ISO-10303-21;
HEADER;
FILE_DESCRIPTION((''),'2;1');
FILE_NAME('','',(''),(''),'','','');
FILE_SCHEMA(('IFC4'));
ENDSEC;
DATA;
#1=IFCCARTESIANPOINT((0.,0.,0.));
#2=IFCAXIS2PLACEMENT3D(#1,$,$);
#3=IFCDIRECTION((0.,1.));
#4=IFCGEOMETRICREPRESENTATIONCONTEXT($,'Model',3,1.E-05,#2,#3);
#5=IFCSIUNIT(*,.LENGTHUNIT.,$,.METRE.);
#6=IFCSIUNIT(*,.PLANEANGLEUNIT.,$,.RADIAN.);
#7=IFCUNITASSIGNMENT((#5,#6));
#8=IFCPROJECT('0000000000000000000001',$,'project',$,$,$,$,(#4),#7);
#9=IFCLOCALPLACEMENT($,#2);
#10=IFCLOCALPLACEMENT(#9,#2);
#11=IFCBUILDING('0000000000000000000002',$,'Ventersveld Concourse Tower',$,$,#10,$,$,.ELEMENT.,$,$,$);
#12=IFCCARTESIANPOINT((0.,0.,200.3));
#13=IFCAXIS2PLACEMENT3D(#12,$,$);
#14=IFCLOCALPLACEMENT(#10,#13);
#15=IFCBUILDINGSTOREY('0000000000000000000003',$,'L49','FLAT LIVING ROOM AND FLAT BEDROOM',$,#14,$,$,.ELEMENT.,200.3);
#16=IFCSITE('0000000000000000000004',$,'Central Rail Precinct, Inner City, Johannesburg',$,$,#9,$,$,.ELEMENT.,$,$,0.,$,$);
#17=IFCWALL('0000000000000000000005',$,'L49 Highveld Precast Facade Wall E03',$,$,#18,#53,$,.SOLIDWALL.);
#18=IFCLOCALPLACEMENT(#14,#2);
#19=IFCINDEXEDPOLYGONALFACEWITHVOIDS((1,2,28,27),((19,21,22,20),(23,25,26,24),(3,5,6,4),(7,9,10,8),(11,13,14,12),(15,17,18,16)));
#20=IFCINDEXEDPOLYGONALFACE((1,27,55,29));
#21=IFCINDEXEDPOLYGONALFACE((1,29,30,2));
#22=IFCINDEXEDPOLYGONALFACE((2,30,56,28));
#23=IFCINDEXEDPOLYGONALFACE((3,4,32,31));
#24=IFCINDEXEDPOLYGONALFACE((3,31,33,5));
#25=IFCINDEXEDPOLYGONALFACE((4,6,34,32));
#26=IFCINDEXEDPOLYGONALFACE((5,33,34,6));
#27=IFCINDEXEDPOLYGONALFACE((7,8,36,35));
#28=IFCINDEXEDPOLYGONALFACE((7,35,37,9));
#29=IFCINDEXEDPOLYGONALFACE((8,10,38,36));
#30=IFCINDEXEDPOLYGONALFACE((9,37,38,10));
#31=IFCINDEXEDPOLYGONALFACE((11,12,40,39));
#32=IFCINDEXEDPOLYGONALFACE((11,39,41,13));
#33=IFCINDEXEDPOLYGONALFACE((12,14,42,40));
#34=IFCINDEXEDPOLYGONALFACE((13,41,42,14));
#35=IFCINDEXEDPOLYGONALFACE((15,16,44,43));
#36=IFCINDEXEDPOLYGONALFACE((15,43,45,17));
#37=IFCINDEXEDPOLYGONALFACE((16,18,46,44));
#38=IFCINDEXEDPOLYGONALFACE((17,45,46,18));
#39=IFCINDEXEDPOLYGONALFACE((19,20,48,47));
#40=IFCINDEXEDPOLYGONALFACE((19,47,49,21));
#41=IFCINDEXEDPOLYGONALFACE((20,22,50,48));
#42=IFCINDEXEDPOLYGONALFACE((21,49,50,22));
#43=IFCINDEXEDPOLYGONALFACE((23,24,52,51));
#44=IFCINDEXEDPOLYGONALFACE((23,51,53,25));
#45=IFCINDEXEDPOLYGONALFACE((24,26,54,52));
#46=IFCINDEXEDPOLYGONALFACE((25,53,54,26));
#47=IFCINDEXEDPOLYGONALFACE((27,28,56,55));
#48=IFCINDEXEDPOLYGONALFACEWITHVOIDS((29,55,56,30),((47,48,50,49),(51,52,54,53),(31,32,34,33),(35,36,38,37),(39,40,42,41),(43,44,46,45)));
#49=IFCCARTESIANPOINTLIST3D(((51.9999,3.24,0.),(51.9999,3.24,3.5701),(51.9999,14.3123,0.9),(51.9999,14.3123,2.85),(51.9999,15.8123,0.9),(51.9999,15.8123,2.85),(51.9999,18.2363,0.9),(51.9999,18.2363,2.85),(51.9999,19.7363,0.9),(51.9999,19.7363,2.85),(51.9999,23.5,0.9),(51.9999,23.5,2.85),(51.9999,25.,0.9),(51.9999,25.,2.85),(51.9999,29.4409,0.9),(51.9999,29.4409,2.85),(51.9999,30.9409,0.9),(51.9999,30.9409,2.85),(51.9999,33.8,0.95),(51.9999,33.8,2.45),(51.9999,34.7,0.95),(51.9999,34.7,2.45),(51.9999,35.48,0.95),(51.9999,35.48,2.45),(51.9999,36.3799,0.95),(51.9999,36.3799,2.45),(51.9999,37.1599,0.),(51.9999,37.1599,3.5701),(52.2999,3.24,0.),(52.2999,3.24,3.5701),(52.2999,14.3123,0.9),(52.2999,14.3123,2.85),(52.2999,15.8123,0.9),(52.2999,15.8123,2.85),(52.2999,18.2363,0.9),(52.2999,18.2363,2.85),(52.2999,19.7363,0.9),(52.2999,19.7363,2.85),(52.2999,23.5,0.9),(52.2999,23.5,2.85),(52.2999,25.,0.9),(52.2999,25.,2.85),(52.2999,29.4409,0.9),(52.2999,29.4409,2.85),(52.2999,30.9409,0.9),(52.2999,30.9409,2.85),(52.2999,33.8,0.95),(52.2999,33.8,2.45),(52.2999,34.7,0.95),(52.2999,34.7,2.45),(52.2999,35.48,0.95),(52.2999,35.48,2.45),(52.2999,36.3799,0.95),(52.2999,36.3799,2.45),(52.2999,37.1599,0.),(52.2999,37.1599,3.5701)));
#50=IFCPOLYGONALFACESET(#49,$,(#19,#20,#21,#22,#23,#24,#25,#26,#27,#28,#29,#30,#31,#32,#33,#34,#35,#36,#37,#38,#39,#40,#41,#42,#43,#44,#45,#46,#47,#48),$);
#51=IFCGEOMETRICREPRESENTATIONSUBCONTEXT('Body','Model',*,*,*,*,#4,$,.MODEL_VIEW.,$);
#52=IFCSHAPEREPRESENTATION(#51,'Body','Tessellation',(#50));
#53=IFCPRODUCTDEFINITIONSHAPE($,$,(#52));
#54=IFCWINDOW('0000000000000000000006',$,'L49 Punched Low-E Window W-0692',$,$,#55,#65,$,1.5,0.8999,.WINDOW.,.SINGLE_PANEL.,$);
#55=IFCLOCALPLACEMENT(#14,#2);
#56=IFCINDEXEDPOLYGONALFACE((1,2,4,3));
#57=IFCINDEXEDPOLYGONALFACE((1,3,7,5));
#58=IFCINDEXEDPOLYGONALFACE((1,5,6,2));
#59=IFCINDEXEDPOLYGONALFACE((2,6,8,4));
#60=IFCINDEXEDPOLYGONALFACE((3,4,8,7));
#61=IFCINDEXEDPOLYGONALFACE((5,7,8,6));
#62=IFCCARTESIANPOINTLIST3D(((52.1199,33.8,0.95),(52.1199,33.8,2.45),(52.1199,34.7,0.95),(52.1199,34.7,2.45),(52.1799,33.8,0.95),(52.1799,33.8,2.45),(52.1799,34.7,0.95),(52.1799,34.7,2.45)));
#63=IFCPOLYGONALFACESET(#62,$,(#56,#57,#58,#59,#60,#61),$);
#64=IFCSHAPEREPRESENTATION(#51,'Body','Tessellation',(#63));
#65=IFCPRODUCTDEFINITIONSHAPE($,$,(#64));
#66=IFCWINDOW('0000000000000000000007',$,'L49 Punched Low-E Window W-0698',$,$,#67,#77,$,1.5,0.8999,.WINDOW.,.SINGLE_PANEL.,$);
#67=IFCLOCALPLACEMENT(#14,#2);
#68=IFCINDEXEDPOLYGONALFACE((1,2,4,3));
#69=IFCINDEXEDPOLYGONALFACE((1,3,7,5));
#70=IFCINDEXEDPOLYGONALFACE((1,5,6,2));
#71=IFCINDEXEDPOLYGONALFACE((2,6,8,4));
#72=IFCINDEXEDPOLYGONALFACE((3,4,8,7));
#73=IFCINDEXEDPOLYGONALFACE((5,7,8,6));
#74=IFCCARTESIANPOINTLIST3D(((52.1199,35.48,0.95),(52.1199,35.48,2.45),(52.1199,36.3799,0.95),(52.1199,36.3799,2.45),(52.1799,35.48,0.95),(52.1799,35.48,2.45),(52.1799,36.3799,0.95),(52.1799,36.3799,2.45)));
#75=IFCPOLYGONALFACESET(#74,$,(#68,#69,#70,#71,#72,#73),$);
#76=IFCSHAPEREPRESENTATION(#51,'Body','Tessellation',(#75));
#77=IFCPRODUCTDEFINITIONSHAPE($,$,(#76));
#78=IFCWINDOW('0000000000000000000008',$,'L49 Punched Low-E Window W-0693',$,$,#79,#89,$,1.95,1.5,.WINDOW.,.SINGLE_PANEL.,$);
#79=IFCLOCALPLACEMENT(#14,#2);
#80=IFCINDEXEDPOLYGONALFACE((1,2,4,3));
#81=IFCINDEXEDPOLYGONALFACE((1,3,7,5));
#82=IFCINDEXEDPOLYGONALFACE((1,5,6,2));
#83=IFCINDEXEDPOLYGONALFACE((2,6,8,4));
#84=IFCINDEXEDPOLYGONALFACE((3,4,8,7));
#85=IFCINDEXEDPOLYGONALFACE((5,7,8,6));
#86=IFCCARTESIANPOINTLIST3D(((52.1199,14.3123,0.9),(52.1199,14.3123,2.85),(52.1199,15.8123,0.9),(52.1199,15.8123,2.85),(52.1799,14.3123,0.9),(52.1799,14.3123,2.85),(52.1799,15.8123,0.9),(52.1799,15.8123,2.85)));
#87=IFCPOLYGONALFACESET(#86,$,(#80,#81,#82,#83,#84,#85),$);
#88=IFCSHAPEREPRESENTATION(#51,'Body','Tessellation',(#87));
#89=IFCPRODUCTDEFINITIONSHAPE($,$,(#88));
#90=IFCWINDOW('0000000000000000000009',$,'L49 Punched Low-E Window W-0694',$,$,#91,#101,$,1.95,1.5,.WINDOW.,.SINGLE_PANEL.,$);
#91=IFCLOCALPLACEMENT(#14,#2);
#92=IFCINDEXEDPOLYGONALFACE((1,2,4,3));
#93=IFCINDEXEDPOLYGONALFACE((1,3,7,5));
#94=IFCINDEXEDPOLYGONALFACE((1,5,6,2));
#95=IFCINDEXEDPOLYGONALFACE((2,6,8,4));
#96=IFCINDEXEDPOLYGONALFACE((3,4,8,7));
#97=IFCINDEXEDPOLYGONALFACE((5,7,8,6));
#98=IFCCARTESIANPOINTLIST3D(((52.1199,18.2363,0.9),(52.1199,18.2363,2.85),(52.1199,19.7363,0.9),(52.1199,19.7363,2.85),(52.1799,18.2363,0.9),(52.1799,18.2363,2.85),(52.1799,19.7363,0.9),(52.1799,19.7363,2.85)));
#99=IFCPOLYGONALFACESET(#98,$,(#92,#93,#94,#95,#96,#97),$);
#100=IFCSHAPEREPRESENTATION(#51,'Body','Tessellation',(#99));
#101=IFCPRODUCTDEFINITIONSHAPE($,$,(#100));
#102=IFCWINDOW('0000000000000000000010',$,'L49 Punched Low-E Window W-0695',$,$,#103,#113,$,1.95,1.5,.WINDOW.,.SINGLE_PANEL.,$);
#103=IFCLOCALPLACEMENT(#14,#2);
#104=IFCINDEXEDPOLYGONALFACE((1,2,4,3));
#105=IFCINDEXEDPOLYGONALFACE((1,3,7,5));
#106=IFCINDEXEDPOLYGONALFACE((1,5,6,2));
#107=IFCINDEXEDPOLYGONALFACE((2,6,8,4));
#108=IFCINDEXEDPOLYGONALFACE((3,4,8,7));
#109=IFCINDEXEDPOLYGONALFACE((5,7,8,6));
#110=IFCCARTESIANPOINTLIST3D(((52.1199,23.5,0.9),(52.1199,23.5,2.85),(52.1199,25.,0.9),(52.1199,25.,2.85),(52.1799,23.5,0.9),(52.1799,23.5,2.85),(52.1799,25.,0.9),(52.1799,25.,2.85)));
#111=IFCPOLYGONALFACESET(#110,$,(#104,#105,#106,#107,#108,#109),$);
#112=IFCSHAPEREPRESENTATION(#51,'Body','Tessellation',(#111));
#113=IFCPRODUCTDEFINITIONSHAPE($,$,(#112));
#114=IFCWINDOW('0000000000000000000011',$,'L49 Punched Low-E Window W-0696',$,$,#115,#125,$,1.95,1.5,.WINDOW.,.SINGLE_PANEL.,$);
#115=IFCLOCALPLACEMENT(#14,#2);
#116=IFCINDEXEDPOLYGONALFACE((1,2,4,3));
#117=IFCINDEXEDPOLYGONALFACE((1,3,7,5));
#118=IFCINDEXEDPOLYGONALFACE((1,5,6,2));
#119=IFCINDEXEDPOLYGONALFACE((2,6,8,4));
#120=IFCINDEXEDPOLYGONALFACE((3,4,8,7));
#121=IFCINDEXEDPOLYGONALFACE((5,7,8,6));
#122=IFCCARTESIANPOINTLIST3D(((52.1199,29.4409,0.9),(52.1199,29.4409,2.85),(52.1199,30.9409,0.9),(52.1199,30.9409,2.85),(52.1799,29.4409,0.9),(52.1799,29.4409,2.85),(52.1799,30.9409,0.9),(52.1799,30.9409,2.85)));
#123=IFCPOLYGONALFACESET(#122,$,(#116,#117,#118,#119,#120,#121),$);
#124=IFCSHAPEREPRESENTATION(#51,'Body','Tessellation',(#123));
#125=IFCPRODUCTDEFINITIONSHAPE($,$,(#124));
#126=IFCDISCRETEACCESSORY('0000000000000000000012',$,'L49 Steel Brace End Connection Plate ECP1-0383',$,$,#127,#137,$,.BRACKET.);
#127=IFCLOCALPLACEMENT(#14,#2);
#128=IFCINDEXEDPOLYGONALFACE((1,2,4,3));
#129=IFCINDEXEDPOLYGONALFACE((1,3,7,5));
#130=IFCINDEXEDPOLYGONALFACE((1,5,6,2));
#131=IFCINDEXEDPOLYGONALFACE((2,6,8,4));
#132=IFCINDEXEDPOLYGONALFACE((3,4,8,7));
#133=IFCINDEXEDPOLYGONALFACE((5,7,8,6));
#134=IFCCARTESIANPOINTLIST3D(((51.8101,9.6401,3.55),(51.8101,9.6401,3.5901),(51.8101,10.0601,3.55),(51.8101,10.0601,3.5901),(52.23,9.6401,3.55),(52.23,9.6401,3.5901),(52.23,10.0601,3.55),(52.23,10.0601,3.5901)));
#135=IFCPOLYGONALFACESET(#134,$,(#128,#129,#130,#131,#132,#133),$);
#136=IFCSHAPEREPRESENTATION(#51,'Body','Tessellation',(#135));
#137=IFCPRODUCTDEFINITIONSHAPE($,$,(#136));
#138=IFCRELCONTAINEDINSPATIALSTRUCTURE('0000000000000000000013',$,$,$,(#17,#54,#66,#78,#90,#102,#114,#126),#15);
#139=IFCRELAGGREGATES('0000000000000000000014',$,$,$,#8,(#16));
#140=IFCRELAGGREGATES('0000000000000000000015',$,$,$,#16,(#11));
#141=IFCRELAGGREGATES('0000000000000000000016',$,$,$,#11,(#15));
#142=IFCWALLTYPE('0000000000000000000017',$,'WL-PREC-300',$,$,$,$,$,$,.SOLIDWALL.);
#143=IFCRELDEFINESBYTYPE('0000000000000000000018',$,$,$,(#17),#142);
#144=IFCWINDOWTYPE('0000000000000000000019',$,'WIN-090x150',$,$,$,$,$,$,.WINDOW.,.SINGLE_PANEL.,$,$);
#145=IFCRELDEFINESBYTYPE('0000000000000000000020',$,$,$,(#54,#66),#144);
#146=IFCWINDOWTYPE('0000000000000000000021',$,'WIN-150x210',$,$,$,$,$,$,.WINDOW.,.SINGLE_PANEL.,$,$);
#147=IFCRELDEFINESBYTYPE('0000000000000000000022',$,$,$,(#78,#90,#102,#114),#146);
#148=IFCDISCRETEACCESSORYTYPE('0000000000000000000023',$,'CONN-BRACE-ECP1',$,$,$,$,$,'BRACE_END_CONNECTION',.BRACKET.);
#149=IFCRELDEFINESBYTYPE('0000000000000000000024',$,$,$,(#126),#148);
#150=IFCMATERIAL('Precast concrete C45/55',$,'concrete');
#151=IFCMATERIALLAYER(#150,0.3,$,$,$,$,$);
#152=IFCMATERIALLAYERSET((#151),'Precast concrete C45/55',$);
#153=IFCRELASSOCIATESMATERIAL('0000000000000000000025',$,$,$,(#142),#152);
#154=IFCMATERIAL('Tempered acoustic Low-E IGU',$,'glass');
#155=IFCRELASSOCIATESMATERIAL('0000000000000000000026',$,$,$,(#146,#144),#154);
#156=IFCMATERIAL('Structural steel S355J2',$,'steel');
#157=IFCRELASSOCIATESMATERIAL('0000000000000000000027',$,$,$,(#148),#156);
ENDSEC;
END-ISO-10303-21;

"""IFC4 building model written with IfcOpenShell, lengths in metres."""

from ifc_helpers import new_model, si_unit, direction, frame, frame_2d, origin, origin_2d, place, context, subcontext, project, spatial, rectangle, extrude, material, layer, layer_set, type_object, element, fill, save


model = new_model("IFC4")

# Units and contexts
model_context = context("Model", 3, precision=1e-05, world=origin(), true_north=direction((0.0, 1.0)))
body_context = subcontext(model_context, "Body", "Model", "MODEL_VIEW")
ifc_project = project(units=[si_unit("LENGTHUNIT", "METRE"), si_unit("PLANEANGLEUNIT", "RADIAN")], contexts=[model_context])

# Site, building, storey
site_placement = place(None, origin())
site = spatial("IfcSite", under=ifc_project, at=site_placement, Name="Central Rail Precinct, Inner City, Johannesburg", CompositionType="ELEMENT", RefElevation=0.0)
building_placement = place(site_placement, origin())
building = spatial("IfcBuilding", under=site, at=building_placement, Name="Ventersveld Concourse Tower", CompositionType="ELEMENT")
storey_placement = place(building_placement, frame((0.0, 0.0, 200.3)))
storey = spatial("IfcBuildingStorey", under=building, at=storey_placement, Name="L49", Description="FLAT LIVING ROOM AND FLAT BEDROOM", CompositionType="ELEMENT", Elevation=200.3)

# Shared definitions
ifc_material_1 = material(Name="Structural steel S355J2", Category="steel")

# Shared definitions
ifc_material_2 = material(Name="Precast concrete C45/55", Category="concrete")
ifc_layer_1 = layer(ifc_material_2, 0.3)
ifc_layer_set_1 = layer_set([ifc_layer_1], Name="Precast concrete C45/55")
wall_type_1 = type_object("IfcWallType", Name="WL-PREC-300", PredefinedType="SOLIDWALL", material=ifc_layer_set_1)
ifc_material_3 = material(Name="Tempered acoustic Low-E IGU", Category="glass")
window_type_1 = type_object("IfcWindowType", Name="WIN-150x210", PartitioningType="SINGLE_PANEL", PredefinedType="WINDOW", material=ifc_material_3)

# Wall, openings, windows
wall_1_placement = place(storey_placement, frame((52.1499, 3.24, 0.0), z_axis=(0.0, 0.0, 1.0), x_axis=(0.0, 1.0, 0.0)))
wall_1 = element("IfcWall", 1, at=wall_1_placement, inside=storey, type_object=wall_type_1, Name="L49 Highveld Precast Facade Wall E03", PredefinedType="SOLIDWALL", context=body_context, shape_type="SweptSolid", body=[
    extrude(rectangle(XDim=33.9199, YDim=0.3, at=frame_2d((16.96, 0.0))), origin(), (0.0, 0.0, 1.0), 3.5701),
])
opening_1_placement = place(wall_1_placement, frame((30.5601, 0.0, 0.95)))
opening_1 = element("IfcOpeningElement", 2, at=opening_1_placement, cuts=wall_1, PredefinedType="OPENING", context=body_context, shape_type="SweptSolid", body=[
    extrude(rectangle(XDim=0.8999, YDim=1.5, at=frame_2d((0.45, 0.75))), frame((0.0, 0.1602, 0.0), z_axis=(0.0, -1.0, 0.0), x_axis=(1.0, 0.0, 0.0)), (0.0, 0.0, 1.0), 0.3201),
])
opening_2_placement = place(wall_1_placement, frame((11.0723, 0.0, 0.8999)))
opening_2 = element("IfcOpeningElement", 3, at=opening_2_placement, cuts=wall_1, PredefinedType="OPENING", context=body_context, shape_type="SweptSolid", body=[
    extrude(rectangle(XDim=1.5, YDim=1.95, at=frame_2d((0.75, 0.9751))), frame((0.0, 0.1602, 0.0), z_axis=(0.0, -1.0, 0.0), x_axis=(1.0, 0.0, 0.0)), (0.0, 0.0, 1.0), 0.3201),
])
opening_3_placement = place(wall_1_placement, frame((14.9963, 0.0, 0.8999)))
opening_3 = element("IfcOpeningElement", 4, at=opening_3_placement, cuts=wall_1, PredefinedType="OPENING", context=body_context, shape_type="SweptSolid", body=[
    extrude(rectangle(XDim=1.5, YDim=1.95, at=frame_2d((0.75, 0.9751))), frame((0.0, 0.1602, 0.0), z_axis=(0.0, -1.0, 0.0), x_axis=(1.0, 0.0, 0.0)), (0.0, 0.0, 1.0), 0.3201),
])
opening_4_placement = place(wall_1_placement, frame((20.26, 0.0, 0.8999)))
opening_4 = element("IfcOpeningElement", 5, at=opening_4_placement, cuts=wall_1, PredefinedType="OPENING", context=body_context, shape_type="SweptSolid", body=[
    extrude(rectangle(XDim=1.5, YDim=1.95, at=frame_2d((0.75, 0.9751))), frame((0.0, 0.1602, 0.0), z_axis=(0.0, -1.0, 0.0), x_axis=(1.0, 0.0, 0.0)), (0.0, 0.0, 1.0), 0.3201),
])
opening_5_placement = place(wall_1_placement, frame((26.2009, 0.0, 0.8999)))
opening_5 = element("IfcOpeningElement", 6, at=opening_5_placement, cuts=wall_1, PredefinedType="OPENING", context=body_context, shape_type="SweptSolid", body=[
    extrude(rectangle(XDim=1.5, YDim=1.95, at=frame_2d((0.75, 0.9751))), frame((0.0, 0.1602, 0.0), z_axis=(0.0, -1.0, 0.0), x_axis=(1.0, 0.0, 0.0)), (0.0, 0.0, 1.0), 0.3201),
])
opening_6_placement = place(wall_1_placement, frame((32.24, 0.0, 0.95)))
opening_6 = element("IfcOpeningElement", 7, at=opening_6_placement, cuts=wall_1, PredefinedType="OPENING", context=body_context, shape_type="SweptSolid", body=[
    extrude(rectangle(XDim=0.8999, YDim=1.5, at=frame_2d((0.45, 0.75))), frame((0.0, 0.1602, 0.0), z_axis=(0.0, -1.0, 0.0), x_axis=(1.0, 0.0, 0.0)), (0.0, 0.0, 1.0), 0.3201),
])
window_type_2 = type_object("IfcWindowType", Name="WIN-090x150", PartitioningType="SINGLE_PANEL", PredefinedType="WINDOW", material=ifc_material_3)
window_1_placement = place(opening_1_placement, origin())
window_1 = element("IfcWindow", 8, at=window_1_placement, inside=storey, type_object=window_type_2, Name="L49 Punched Low-E Window W-0692", OverallHeight=1.5, OverallWidth=0.8999, PartitioningType="SINGLE_PANEL", PredefinedType="WINDOW", context=body_context, shape_type="SweptSolid", body=[
    extrude(rectangle(XDim=0.8999, YDim=1.5, at=frame_2d((0.45, 0.75))), frame((0.0, 0.03, 0.0), z_axis=(0.0, -1.0, 0.0), x_axis=(1.0, 0.0, 0.0)), (0.0, 0.0, 1.0), 0.0601),
])
fill(opening_1, window_1)
window_2_placement = place(opening_6_placement, origin())
window_2 = element("IfcWindow", 9, at=window_2_placement, inside=storey, type_object=window_type_2, Name="L49 Punched Low-E Window W-0698", OverallHeight=1.5, OverallWidth=0.8999, PartitioningType="SINGLE_PANEL", PredefinedType="WINDOW", context=body_context, shape_type="SweptSolid", body=[
    extrude(rectangle(XDim=0.8999, YDim=1.5, at=frame_2d((0.45, 0.75))), frame((0.0, 0.03, 0.0), z_axis=(0.0, -1.0, 0.0), x_axis=(1.0, 0.0, 0.0)), (0.0, 0.0, 1.0), 0.0601),
])
fill(opening_6, window_2)
window_3_placement = place(opening_2_placement, origin())
window_3 = element("IfcWindow", 10, at=window_3_placement, inside=storey, type_object=window_type_1, Name="L49 Punched Low-E Window W-0693", OverallHeight=1.95, OverallWidth=1.5, PartitioningType="SINGLE_PANEL", PredefinedType="WINDOW", context=body_context, shape_type="SweptSolid", body=[
    extrude(rectangle(XDim=1.5, YDim=1.95, at=frame_2d((0.75, 0.9751))), frame((0.0, 0.03, 0.0), z_axis=(0.0, -1.0, 0.0), x_axis=(1.0, 0.0, 0.0)), (0.0, 0.0, 1.0), 0.0601),
])
fill(opening_2, window_3)
window_4_placement = place(opening_3_placement, origin())
window_4 = element("IfcWindow", 11, at=window_4_placement, inside=storey, type_object=window_type_1, Name="L49 Punched Low-E Window W-0694", OverallHeight=1.95, OverallWidth=1.5, PartitioningType="SINGLE_PANEL", PredefinedType="WINDOW", context=body_context, shape_type="SweptSolid", body=[
    extrude(rectangle(XDim=1.5, YDim=1.95, at=frame_2d((0.75, 0.9751))), frame((0.0, 0.03, 0.0), z_axis=(0.0, -1.0, 0.0), x_axis=(1.0, 0.0, 0.0)), (0.0, 0.0, 1.0), 0.0601),
])
fill(opening_3, window_4)
window_5_placement = place(opening_4_placement, origin())
window_5 = element("IfcWindow", 12, at=window_5_placement, inside=storey, type_object=window_type_1, Name="L49 Punched Low-E Window W-0695", OverallHeight=1.95, OverallWidth=1.5, PartitioningType="SINGLE_PANEL", PredefinedType="WINDOW", context=body_context, shape_type="SweptSolid", body=[
    extrude(rectangle(XDim=1.5, YDim=1.95, at=frame_2d((0.75, 0.9751))), frame((0.0, 0.03, 0.0), z_axis=(0.0, -1.0, 0.0), x_axis=(1.0, 0.0, 0.0)), (0.0, 0.0, 1.0), 0.0601),
])
fill(opening_4, window_5)
window_6_placement = place(opening_5_placement, origin())
window_6 = element("IfcWindow", 13, at=window_6_placement, inside=storey, type_object=window_type_1, Name="L49 Punched Low-E Window W-0696", OverallHeight=1.95, OverallWidth=1.5, PartitioningType="SINGLE_PANEL", PredefinedType="WINDOW", context=body_context, shape_type="SweptSolid", body=[
    extrude(rectangle(XDim=1.5, YDim=1.95, at=frame_2d((0.75, 0.9751))), frame((0.0, 0.03, 0.0), z_axis=(0.0, -1.0, 0.0), x_axis=(1.0, 0.0, 0.0)), (0.0, 0.0, 1.0), 0.0601),
])
fill(opening_5, window_6)

# Discrete accessory
discrete_accessory_type = type_object("IfcDiscreteAccessoryType", Name="CONN-BRACE-ECP1", ElementType="BRACE_END_CONNECTION", PredefinedType="BRACKET", material=ifc_material_1)
discrete_accessory_placement = place(storey_placement, frame((52.02, 9.8501, 3.55), z_axis=(0.0, 0.0, 1.0), x_axis=(1.0, 0.0, 0.0)))
element("IfcDiscreteAccessory", 14, at=discrete_accessory_placement, inside=storey, type_object=discrete_accessory_type, Name="L49 Steel Brace End Connection Plate ECP1-0383", PredefinedType="BRACKET", context=body_context, shape_type="SweptSolid", body=[
    extrude(rectangle(XDim=0.4199, YDim=0.4199, at=origin_2d()), origin(), (0.0, 0.0, 1.0), 0.04),
])

save(model, "model.ifc")
